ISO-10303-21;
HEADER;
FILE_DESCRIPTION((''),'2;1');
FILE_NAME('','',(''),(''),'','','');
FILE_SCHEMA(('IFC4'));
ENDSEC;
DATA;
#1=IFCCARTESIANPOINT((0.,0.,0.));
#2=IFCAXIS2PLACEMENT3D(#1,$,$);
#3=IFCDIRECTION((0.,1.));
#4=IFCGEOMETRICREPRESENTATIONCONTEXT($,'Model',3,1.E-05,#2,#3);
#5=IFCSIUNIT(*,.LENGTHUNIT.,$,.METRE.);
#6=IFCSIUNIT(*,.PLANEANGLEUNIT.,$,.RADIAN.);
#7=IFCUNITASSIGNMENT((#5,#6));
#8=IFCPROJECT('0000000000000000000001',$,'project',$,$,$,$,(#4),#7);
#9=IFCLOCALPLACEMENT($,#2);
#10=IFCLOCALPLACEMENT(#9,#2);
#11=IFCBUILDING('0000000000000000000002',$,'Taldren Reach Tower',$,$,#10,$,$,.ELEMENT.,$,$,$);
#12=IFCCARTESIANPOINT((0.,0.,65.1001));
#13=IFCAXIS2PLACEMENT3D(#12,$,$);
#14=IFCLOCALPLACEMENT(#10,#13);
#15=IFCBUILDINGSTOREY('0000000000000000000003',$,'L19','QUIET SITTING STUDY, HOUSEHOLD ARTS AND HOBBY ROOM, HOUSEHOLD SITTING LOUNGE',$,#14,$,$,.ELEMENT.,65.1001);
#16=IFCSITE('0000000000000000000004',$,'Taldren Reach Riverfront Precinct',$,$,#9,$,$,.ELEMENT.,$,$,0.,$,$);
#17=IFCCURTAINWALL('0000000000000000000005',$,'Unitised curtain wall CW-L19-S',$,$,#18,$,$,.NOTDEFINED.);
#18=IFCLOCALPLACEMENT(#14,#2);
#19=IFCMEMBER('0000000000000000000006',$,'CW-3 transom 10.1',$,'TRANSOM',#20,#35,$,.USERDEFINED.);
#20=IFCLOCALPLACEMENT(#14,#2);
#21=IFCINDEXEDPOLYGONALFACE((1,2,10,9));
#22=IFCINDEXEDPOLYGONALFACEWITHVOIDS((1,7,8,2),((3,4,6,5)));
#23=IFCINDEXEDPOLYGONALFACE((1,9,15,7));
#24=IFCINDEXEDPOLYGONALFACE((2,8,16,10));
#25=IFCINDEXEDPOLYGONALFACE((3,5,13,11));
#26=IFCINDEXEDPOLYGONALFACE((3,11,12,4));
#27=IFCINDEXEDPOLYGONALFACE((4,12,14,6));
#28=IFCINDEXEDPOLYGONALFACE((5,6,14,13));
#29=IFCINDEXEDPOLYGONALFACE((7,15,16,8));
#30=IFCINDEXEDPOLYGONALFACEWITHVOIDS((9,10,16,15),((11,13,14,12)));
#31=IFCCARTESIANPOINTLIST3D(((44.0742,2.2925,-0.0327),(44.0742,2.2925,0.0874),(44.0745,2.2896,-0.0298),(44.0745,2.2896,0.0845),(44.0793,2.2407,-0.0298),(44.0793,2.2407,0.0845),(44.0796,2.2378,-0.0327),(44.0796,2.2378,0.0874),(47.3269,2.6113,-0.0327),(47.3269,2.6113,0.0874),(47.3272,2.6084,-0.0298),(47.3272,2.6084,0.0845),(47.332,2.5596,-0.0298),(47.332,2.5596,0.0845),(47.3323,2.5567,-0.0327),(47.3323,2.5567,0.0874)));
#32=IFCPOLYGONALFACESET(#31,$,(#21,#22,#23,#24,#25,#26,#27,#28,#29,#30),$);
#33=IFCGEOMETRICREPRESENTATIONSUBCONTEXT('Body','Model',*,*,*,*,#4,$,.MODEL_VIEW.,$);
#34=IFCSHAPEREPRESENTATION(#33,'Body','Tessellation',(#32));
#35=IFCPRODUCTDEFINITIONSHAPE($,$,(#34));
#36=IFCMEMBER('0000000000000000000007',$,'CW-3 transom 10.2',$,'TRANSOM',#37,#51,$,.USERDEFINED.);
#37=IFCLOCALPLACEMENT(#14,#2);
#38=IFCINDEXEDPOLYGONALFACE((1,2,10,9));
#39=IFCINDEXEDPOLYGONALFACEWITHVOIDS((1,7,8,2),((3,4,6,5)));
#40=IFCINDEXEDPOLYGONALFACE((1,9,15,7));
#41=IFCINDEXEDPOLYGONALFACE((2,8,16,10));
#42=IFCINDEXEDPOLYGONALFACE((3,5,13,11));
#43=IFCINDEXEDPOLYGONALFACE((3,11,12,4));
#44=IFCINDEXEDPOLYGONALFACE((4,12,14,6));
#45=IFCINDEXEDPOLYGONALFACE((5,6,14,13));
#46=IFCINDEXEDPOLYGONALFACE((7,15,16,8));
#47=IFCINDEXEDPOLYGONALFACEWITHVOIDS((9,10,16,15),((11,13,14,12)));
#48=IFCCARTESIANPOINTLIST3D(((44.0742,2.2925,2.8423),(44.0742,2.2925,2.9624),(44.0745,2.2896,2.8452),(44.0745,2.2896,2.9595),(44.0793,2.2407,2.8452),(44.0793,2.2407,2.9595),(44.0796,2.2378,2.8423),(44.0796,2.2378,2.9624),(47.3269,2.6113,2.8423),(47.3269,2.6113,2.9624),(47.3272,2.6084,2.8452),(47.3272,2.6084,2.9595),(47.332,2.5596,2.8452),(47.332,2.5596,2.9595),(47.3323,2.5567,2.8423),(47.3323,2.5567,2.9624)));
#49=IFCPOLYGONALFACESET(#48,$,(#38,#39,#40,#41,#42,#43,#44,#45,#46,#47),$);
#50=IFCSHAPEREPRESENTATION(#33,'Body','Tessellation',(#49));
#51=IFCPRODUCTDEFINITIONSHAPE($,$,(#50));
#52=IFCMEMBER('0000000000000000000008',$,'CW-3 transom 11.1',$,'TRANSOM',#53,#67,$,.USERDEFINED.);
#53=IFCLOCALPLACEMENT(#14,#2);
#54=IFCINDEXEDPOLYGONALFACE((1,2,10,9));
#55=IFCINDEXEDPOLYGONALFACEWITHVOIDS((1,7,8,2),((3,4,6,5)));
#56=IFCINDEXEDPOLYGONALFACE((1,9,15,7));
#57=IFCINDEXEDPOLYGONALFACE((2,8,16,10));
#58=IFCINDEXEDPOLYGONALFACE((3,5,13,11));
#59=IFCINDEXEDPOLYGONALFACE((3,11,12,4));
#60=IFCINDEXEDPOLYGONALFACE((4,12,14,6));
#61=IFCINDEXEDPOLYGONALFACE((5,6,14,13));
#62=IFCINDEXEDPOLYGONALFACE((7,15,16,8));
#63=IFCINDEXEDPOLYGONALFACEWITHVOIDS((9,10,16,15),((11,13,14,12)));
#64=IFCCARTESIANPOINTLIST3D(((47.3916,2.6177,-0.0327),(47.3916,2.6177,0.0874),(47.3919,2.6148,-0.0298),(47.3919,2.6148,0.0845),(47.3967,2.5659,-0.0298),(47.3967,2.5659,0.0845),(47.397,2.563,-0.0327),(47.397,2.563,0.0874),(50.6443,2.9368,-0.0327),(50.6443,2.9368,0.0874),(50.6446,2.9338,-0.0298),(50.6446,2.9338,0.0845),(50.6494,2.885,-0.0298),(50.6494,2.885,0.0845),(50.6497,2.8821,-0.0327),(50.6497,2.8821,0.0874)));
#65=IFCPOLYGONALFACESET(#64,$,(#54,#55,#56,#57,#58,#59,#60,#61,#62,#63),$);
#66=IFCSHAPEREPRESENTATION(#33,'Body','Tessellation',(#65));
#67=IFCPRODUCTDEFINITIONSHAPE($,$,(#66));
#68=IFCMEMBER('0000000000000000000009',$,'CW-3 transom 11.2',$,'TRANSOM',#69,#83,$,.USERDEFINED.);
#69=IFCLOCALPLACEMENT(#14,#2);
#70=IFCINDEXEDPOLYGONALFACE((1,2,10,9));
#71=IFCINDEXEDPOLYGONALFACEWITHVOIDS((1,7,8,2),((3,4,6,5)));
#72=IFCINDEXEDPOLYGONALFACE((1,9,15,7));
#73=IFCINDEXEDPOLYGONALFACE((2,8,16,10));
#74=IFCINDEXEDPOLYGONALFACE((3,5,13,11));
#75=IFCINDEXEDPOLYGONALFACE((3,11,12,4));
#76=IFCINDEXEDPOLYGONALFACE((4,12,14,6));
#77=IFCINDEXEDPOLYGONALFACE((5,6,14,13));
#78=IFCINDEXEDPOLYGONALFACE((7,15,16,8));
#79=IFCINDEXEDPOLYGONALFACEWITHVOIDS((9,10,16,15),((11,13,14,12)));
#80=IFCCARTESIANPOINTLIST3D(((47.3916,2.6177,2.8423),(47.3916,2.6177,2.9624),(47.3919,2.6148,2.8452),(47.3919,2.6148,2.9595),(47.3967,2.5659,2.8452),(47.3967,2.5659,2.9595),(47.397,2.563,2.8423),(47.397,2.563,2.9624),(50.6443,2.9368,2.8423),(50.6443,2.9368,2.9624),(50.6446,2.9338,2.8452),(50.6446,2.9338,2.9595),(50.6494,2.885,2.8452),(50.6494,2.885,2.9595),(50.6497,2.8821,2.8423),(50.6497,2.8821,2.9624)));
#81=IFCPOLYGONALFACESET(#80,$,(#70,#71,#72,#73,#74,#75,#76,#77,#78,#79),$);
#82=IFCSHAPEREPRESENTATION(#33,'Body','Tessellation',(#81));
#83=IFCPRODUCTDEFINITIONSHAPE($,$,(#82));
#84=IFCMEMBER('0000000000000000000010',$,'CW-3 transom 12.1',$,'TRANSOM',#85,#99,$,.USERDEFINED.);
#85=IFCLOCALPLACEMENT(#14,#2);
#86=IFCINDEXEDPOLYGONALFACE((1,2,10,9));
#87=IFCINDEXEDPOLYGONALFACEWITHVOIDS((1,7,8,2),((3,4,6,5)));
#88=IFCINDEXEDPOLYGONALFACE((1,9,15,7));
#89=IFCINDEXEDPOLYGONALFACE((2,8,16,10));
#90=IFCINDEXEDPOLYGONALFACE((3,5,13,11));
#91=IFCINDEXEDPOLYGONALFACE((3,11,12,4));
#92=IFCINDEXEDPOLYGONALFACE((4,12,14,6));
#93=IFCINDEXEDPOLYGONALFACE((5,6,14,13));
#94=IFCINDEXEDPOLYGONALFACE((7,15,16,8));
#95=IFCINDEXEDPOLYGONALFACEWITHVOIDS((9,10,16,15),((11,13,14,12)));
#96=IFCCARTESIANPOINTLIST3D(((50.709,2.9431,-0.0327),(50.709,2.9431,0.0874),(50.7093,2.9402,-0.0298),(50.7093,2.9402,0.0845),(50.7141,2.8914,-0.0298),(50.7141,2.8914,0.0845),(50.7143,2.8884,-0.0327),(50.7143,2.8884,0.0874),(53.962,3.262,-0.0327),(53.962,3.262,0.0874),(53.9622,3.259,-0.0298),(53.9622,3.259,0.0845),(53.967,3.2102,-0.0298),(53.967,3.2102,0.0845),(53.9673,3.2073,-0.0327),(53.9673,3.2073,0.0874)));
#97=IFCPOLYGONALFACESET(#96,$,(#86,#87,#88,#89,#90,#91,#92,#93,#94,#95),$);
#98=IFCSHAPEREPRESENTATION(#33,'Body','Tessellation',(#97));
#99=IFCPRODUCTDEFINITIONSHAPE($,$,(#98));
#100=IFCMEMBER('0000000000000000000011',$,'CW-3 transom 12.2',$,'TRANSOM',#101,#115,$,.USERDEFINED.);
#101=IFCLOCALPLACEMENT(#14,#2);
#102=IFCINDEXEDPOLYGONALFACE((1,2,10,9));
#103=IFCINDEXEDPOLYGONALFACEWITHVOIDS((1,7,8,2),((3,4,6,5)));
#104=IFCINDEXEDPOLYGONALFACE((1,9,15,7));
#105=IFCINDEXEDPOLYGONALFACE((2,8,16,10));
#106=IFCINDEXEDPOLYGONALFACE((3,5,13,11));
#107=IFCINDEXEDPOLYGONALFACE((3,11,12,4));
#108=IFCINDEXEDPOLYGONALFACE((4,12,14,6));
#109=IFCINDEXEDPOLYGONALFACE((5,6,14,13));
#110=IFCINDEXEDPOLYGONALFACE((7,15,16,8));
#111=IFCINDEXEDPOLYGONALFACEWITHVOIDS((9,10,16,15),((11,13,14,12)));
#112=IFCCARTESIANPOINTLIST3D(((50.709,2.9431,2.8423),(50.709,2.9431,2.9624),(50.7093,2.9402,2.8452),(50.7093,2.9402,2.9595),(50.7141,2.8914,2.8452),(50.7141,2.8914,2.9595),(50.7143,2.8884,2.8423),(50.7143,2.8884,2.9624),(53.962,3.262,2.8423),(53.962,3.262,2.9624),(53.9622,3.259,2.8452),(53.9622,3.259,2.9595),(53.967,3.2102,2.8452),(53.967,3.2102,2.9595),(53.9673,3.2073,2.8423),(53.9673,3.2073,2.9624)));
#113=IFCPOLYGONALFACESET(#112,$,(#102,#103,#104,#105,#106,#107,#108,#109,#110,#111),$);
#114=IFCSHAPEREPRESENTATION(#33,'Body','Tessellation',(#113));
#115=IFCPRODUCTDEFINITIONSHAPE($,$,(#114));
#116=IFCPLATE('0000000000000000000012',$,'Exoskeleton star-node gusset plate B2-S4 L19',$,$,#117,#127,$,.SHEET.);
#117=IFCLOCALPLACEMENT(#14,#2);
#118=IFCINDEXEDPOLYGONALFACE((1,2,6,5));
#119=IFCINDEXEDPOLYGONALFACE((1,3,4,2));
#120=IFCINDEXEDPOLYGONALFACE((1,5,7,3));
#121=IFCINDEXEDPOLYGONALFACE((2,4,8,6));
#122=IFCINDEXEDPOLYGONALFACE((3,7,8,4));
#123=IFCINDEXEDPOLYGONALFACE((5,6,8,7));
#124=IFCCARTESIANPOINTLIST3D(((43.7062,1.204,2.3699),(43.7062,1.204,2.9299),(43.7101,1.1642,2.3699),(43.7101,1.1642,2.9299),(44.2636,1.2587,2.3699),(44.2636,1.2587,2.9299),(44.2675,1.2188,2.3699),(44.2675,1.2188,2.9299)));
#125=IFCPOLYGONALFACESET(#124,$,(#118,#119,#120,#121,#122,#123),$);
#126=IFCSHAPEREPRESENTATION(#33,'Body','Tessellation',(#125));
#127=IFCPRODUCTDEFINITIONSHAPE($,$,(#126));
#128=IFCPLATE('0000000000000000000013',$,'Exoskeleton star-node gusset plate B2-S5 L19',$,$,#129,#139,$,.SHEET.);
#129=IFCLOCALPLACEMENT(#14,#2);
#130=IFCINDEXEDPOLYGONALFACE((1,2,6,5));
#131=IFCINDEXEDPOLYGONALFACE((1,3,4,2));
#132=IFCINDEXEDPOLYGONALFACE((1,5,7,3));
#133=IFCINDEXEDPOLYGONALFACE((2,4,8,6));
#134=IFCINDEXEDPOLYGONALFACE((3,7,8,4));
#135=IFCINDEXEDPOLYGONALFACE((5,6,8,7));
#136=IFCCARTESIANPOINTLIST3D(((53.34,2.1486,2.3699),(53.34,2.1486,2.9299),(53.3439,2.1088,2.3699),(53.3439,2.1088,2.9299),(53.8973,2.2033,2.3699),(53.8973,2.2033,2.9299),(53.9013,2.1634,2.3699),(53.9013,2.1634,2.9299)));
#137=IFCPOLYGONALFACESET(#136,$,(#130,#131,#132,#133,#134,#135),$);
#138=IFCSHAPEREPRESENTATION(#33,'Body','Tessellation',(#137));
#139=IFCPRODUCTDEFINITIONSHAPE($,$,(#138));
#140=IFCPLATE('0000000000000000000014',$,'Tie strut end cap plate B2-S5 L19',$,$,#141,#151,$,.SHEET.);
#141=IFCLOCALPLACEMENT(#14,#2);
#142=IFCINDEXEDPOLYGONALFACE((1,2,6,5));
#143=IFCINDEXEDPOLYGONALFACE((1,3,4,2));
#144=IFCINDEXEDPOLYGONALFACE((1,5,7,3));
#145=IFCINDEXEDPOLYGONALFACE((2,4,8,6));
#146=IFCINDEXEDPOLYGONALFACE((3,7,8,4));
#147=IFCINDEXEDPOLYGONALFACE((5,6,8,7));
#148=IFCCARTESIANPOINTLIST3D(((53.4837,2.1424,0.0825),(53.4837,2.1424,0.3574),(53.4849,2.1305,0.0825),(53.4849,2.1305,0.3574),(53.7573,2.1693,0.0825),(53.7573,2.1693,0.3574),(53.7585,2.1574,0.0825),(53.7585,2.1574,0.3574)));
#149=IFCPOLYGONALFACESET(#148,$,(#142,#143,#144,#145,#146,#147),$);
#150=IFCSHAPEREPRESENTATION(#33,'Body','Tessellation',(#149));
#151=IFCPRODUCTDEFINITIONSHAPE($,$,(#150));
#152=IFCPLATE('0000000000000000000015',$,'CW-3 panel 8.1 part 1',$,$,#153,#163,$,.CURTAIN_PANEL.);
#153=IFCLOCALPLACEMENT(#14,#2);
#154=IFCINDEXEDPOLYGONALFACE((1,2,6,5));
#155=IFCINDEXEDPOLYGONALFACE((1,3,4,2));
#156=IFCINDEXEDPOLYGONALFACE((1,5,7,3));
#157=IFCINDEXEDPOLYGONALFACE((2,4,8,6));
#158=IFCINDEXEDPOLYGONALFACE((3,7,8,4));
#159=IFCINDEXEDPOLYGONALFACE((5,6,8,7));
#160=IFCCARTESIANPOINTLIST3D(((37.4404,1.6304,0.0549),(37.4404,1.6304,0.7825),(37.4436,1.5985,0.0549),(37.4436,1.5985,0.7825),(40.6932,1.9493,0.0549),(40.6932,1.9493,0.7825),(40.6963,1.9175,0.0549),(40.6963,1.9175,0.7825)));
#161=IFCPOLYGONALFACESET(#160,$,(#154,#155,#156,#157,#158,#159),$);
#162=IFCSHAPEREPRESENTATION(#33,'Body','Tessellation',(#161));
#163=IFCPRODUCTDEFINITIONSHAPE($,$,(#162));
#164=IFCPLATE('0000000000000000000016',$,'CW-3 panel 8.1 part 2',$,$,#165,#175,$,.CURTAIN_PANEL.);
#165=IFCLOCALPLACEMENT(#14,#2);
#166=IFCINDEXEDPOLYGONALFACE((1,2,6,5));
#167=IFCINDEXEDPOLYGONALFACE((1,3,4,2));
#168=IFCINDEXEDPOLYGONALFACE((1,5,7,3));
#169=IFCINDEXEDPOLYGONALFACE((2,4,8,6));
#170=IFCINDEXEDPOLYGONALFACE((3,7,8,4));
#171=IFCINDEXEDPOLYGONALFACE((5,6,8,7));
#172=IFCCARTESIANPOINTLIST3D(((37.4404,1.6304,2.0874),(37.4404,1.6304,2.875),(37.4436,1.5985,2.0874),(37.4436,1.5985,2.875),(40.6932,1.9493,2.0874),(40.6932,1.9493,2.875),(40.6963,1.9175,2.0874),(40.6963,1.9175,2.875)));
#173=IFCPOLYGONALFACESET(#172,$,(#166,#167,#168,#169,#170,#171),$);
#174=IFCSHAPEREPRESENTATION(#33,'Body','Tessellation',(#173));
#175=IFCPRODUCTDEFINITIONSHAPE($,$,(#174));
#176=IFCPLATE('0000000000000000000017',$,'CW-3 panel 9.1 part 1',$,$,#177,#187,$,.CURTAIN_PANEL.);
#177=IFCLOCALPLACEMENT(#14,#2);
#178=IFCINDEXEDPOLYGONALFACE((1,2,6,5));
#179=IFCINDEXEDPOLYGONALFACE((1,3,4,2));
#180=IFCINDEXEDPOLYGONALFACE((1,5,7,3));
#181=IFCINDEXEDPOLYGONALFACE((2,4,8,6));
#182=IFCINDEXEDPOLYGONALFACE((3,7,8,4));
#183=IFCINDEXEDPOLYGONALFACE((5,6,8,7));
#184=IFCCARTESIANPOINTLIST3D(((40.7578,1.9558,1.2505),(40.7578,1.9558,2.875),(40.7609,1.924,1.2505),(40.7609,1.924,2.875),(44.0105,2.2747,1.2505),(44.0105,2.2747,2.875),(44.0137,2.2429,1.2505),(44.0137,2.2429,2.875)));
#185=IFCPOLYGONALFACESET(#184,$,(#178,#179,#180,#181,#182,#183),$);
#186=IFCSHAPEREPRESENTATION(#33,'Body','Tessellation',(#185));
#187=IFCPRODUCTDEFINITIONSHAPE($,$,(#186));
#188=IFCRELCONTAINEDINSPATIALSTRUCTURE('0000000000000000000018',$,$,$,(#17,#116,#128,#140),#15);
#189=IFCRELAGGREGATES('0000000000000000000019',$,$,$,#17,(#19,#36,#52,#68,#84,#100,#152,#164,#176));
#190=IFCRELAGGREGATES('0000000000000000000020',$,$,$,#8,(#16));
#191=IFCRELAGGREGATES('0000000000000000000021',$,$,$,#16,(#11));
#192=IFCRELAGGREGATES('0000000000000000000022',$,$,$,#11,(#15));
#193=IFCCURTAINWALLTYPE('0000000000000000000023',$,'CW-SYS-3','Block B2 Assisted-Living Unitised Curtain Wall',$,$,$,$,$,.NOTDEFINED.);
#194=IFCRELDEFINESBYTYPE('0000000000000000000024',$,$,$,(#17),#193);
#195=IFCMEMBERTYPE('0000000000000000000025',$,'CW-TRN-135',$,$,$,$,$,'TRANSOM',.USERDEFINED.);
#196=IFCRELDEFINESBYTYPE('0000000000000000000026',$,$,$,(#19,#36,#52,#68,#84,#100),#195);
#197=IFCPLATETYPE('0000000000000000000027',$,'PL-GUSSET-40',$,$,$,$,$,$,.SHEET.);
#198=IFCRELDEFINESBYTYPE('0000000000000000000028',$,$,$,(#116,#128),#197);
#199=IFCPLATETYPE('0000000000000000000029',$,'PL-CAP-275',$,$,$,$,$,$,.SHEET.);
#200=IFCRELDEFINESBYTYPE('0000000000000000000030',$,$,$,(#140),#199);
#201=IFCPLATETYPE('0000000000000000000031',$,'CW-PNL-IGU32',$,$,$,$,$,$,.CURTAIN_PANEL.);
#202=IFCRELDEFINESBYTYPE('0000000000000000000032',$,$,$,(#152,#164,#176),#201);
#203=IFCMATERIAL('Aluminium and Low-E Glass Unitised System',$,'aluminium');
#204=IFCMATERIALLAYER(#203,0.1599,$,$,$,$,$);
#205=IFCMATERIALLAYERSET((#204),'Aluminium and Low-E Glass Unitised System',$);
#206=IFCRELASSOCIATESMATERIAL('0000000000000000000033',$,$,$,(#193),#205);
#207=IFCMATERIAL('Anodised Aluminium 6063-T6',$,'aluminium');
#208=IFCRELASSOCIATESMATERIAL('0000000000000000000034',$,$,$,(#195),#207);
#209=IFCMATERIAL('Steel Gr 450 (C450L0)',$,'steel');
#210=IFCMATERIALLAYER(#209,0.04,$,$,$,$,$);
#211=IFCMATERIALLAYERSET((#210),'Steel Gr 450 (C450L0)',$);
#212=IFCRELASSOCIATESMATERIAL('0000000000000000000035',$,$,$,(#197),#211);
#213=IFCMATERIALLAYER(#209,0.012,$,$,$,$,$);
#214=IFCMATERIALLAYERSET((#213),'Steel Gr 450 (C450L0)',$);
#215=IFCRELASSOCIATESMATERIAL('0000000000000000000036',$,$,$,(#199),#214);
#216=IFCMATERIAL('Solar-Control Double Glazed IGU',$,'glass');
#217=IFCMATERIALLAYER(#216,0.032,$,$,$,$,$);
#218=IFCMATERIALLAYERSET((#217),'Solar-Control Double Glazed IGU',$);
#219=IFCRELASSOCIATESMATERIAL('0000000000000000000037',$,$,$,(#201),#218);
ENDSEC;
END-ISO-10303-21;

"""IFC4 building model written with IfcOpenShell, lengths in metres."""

from ifc_helpers import new_model, si_unit, direction, frame, origin, origin_2d, place, context, subcontext, project, spatial, rectangle, hollow_rectangle, extrude, source, transform, mapped, material, layer, layer_set, material_profile, profile_set, type_object, element, aggregate, save


model = new_model("IFC4")

# Units and contexts
model_context = context("Model", 3, precision=1e-05, world=origin(), true_north=direction((0.0, 1.0)))
body_context = subcontext(model_context, "Body", "Model", "MODEL_VIEW")
ifc_project = project(units=[si_unit("LENGTHUNIT", "METRE"), si_unit("PLANEANGLEUNIT", "RADIAN")], contexts=[model_context])

# Site, building, storey
site_placement = place(None, origin())
site = spatial("IfcSite", under=ifc_project, at=site_placement, Name="Taldren Reach Riverfront Precinct", CompositionType="ELEMENT", RefElevation=0.0)
building_placement = place(site_placement, origin())
building = spatial("IfcBuilding", under=site, at=building_placement, Name="Taldren Reach Tower", CompositionType="ELEMENT")
storey_placement = place(building_placement, frame((0.0, 0.0, 65.1001)))
storey = spatial("IfcBuildingStorey", under=building, at=storey_placement, Name="L19", Description="QUIET SITTING STUDY, HOUSEHOLD ARTS AND HOBBY ROOM, HOUSEHOLD SITTING LOUNGE", CompositionType="ELEMENT", Elevation=65.1001)

# Shared definitions
ifc_material_1 = material(Name="Steel Gr 450 (C450L0)", Category="steel")

# Curtain wall, members
ifc_material_2 = material(Name="Aluminium and Low-E Glass Unitised System", Category="aluminium")
ifc_layer_1 = layer(ifc_material_2, 0.1599)
ifc_layer_set_1 = layer_set([ifc_layer_1], Name="Aluminium and Low-E Glass Unitised System")
curtain_wall_type = type_object("IfcCurtainWallType", Name="CW-SYS-3", Description="Block B2 Assisted-Living Unitised Curtain Wall", PredefinedType="NOTDEFINED", material=ifc_layer_set_1)
curtain_wall_placement = place(storey_placement, origin())
curtain_wall = element("IfcCurtainWall", 1, at=curtain_wall_placement, inside=storey, type_object=curtain_wall_type, Name="Unitised curtain wall CW-L19-S", PredefinedType="NOTDEFINED")
ifc_material_3 = material(Name="Anodised Aluminium 6063-T6", Category="aluminium")
ifc_material_profile_1 = material_profile(ifc_material_3, hollow_rectangle(XDim=0.0549, YDim=0.1201, WallThickness=0.0029, at=origin_2d()), Name="ALU-120x55x3RHS")
ifc_profile_set_1 = profile_set([ifc_material_profile_1], Name="Anodised Aluminium 6063-T6")
member_type_1 = type_object("IfcMemberType", Name="CW-TRN-135", ElementType="TRANSOM", PredefinedType="USERDEFINED", material=ifc_profile_set_1)
shared_shape_1 = source(origin(), body_context, "Body", "SweptSolid", [
    extrude(hollow_rectangle(XDim=0.0549, YDim=0.1201, WallThickness=0.0029, at=origin_2d()), origin(), (0.0, 0.0, 1.0), 3.2683),
])
member_1_placement = place(storey_placement, frame((44.0769, 2.2651, 0.0273), z_axis=(0.99523, 0.097558, 0.0), x_axis=(-0.097558, 0.99523, 0.0)))
member_1 = element("IfcMember", 2, at=member_1_placement, type_object=member_type_1, Name="CW-3 transom 10.1", ObjectType="TRANSOM", PredefinedType="USERDEFINED", context=body_context, shape_type="MappedRepresentation", body=[
    mapped(shared_shape_1, transform((0.0, 0.0, 0.0), scale=1.0)),
])
member_2_placement = place(storey_placement, frame((44.0769, 2.2651, 2.9023), z_axis=(0.99523, 0.097558, 0.0), x_axis=(-0.097558, 0.99523, 0.0)))
member_2 = element("IfcMember", 3, at=member_2_placement, type_object=member_type_1, Name="CW-3 transom 10.2", ObjectType="TRANSOM", PredefinedType="USERDEFINED", context=body_context, shape_type="MappedRepresentation", body=[
    mapped(shared_shape_1, transform((0.0, 0.0, 0.0), scale=1.0)),
])
member_3_placement = place(storey_placement, frame((47.3943, 2.5903, 0.0273), z_axis=(0.995223, 0.097632, 0.0), x_axis=(-0.097632, 0.995223, 0.0)))
member_3 = element("IfcMember", 4, at=member_3_placement, type_object=member_type_1, Name="CW-3 transom 11.1", ObjectType="TRANSOM", PredefinedType="USERDEFINED", context=body_context, shape_type="MappedRepresentation", body=[
    mapped(shared_shape_1, transform((0.0, 0.0, 0.0), scale=1.0)),
])
member_4_placement = place(storey_placement, frame((47.3943, 2.5903, 2.9023), z_axis=(0.995223, 0.097632, 0.0), x_axis=(-0.097632, 0.995223, 0.0)))
member_4 = element("IfcMember", 5, at=member_4_placement, type_object=member_type_1, Name="CW-3 transom 11.2", ObjectType="TRANSOM", PredefinedType="USERDEFINED", context=body_context, shape_type="MappedRepresentation", body=[
    mapped(shared_shape_1, transform((0.0, 0.0, 0.0), scale=1.0)),
])
shared_shape_2 = source(origin(), body_context, "Body", "SweptSolid", [
    extrude(hollow_rectangle(XDim=0.0549, YDim=0.1201, WallThickness=0.0029, at=origin_2d()), origin(), (0.0, 0.0, 1.0), 3.2686),
])
member_5_placement = place(storey_placement, frame((50.7117, 2.9158, 0.0273), z_axis=(0.995231, 0.097551, 0.0), x_axis=(-0.097551, 0.995231, 0.0)))
member_5 = element("IfcMember", 6, at=member_5_placement, type_object=member_type_1, Name="CW-3 transom 12.1", ObjectType="TRANSOM", PredefinedType="USERDEFINED", context=body_context, shape_type="MappedRepresentation", body=[
    mapped(shared_shape_2, transform((0.0, 0.0, 0.0), scale=1.0)),
])
member_6_placement = place(storey_placement, frame((50.7117, 2.9158, 2.9023), z_axis=(0.995231, 0.097551, 0.0), x_axis=(-0.097551, 0.995231, 0.0)))
member_6 = element("IfcMember", 7, at=member_6_placement, type_object=member_type_1, Name="CW-3 transom 12.2", ObjectType="TRANSOM", PredefinedType="USERDEFINED", context=body_context, shape_type="MappedRepresentation", body=[
    mapped(shared_shape_2, transform((0.0, 0.0, 0.0), scale=1.0)),
])

# Plates
ifc_layer_2 = layer(ifc_material_1, 0.04)
ifc_layer_set_2 = layer_set([ifc_layer_2], Name="Steel Gr 450 (C450L0)")
plate_type_1 = type_object("IfcPlateType", Name="PL-GUSSET-40", PredefinedType="SHEET", material=ifc_layer_set_2)
shared_shape_3 = source(origin(), body_context, "Body", "SweptSolid", [
    extrude(rectangle(XDim=0.5601, YDim=0.04, at=origin_2d()), origin(), (0.0, 0.0, 1.0), 0.5601),
])
for number, where, z_axis, x_axis, name in (
    (8, (43.9868, 1.2114, 2.3699), (0.0, 0.0, 1.0), (0.995227, 0.097583, 0.0), "Exoskeleton star-node gusset plate B2-S4 L19"),
    (9, (53.6206, 2.156, 2.3699), (0.0, 0.0, 1.0), (0.995227, 0.097583, 0.0), "Exoskeleton star-node gusset plate B2-S5 L19"),
):
    element("IfcPlate", number, at=place(storey_placement, frame(where, z_axis=z_axis, x_axis=x_axis)), inside=storey, type_object=plate_type_1, Name=name, PredefinedType="SHEET", context=body_context, shape_type="MappedRepresentation", body=[
        mapped(shared_shape_3, transform((0.0, 0.0, 0.0), scale=1.0)),
    ])
ifc_layer_3 = layer(ifc_material_1, 0.012)
ifc_layer_set_3 = layer_set([ifc_layer_3], Name="Steel Gr 450 (C450L0)")
plate_type_2 = type_object("IfcPlateType", Name="PL-CAP-275", PredefinedType="SHEET", material=ifc_layer_set_3)
shared_shape_4 = source(origin(), body_context, "Body", "SweptSolid", [
    extrude(rectangle(XDim=0.2749, YDim=0.012, at=origin_2d()), origin(), (0.0, 0.0, 1.0), 0.2749),
])
plate_1_placement = place(storey_placement, frame((53.6211, 2.1499, 0.0825), z_axis=(0.0, 0.0, 1.0), x_axis=(0.995227, 0.097583, 0.0)))
element("IfcPlate", 10, at=plate_1_placement, inside=storey, type_object=plate_type_2, Name="Tie strut end cap plate B2-S5 L19", PredefinedType="SHEET", context=body_context, shape_type="MappedRepresentation", body=[
    mapped(shared_shape_4, transform((0.0, 0.0, 0.0), scale=1.0)),
])

# Plates
ifc_material_4 = material(Name="Solar-Control Double Glazed IGU", Category="glass")
ifc_layer_4 = layer(ifc_material_4, 0.032)
ifc_layer_set_4 = layer_set([ifc_layer_4], Name="Solar-Control Double Glazed IGU")
plate_type_3 = type_object("IfcPlateType", Name="CW-PNL-IGU32", PredefinedType="CURTAIN_PANEL", material=ifc_layer_set_4)
shared_shape_5 = source(origin(), body_context, "Body", "SweptSolid", [
    extrude(rectangle(XDim=3.2683, YDim=0.032, at=origin_2d()), origin(), (0.0, 0.0, 1.0), 0.7275),
])
plate_2_placement = place(storey_placement, frame((39.0684, 1.7739, 0.0549), z_axis=(0.0, 0.0, 1.0), x_axis=(0.995227, 0.097583, 0.0)))
plate_2 = element("IfcPlate", 11, at=plate_2_placement, type_object=plate_type_3, Name="CW-3 panel 8.1 part 1", PredefinedType="CURTAIN_PANEL", context=body_context, shape_type="MappedRepresentation", body=[
    mapped(shared_shape_5, transform((0.0, 0.0, 0.0), scale=1.0)),
])
shared_shape_6 = source(origin(), body_context, "Body", "SweptSolid", [
    extrude(rectangle(XDim=3.2683, YDim=0.032, at=origin_2d()), origin(), (0.0, 0.0, 1.0), 0.7876),
])
plate_3_placement = place(storey_placement, frame((39.0684, 1.7739, 2.0874), z_axis=(0.0, 0.0, 1.0), x_axis=(0.995227, 0.097583, 0.0)))
plate_3 = element("IfcPlate", 12, at=plate_3_placement, type_object=plate_type_3, Name="CW-3 panel 8.1 part 2", PredefinedType="CURTAIN_PANEL", context=body_context, shape_type="MappedRepresentation", body=[
    mapped(shared_shape_6, transform((0.0, 0.0, 0.0), scale=1.0)),
])
shared_shape_7 = source(origin(), body_context, "Body", "SweptSolid", [
    extrude(rectangle(XDim=3.2683, YDim=0.032, at=origin_2d()), origin(), (0.0, 0.0, 1.0), 1.6245),
])
plate_4_placement = place(storey_placement, frame((42.3857, 2.0994, 1.2505), z_axis=(0.0, 0.0, 1.0), x_axis=(0.995227, 0.097583, 0.0)))
plate_4 = element("IfcPlate", 13, at=plate_4_placement, type_object=plate_type_3, Name="CW-3 panel 9.1 part 1", PredefinedType="CURTAIN_PANEL", context=body_context, shape_type="MappedRepresentation", body=[
    mapped(shared_shape_7, transform((0.0, 0.0, 0.0), scale=1.0)),
])
aggregate(curtain_wall, [member_1, member_2, member_3, member_4, member_5, member_6, plate_2, plate_3, plate_4])

save(model, "model.ifc")
